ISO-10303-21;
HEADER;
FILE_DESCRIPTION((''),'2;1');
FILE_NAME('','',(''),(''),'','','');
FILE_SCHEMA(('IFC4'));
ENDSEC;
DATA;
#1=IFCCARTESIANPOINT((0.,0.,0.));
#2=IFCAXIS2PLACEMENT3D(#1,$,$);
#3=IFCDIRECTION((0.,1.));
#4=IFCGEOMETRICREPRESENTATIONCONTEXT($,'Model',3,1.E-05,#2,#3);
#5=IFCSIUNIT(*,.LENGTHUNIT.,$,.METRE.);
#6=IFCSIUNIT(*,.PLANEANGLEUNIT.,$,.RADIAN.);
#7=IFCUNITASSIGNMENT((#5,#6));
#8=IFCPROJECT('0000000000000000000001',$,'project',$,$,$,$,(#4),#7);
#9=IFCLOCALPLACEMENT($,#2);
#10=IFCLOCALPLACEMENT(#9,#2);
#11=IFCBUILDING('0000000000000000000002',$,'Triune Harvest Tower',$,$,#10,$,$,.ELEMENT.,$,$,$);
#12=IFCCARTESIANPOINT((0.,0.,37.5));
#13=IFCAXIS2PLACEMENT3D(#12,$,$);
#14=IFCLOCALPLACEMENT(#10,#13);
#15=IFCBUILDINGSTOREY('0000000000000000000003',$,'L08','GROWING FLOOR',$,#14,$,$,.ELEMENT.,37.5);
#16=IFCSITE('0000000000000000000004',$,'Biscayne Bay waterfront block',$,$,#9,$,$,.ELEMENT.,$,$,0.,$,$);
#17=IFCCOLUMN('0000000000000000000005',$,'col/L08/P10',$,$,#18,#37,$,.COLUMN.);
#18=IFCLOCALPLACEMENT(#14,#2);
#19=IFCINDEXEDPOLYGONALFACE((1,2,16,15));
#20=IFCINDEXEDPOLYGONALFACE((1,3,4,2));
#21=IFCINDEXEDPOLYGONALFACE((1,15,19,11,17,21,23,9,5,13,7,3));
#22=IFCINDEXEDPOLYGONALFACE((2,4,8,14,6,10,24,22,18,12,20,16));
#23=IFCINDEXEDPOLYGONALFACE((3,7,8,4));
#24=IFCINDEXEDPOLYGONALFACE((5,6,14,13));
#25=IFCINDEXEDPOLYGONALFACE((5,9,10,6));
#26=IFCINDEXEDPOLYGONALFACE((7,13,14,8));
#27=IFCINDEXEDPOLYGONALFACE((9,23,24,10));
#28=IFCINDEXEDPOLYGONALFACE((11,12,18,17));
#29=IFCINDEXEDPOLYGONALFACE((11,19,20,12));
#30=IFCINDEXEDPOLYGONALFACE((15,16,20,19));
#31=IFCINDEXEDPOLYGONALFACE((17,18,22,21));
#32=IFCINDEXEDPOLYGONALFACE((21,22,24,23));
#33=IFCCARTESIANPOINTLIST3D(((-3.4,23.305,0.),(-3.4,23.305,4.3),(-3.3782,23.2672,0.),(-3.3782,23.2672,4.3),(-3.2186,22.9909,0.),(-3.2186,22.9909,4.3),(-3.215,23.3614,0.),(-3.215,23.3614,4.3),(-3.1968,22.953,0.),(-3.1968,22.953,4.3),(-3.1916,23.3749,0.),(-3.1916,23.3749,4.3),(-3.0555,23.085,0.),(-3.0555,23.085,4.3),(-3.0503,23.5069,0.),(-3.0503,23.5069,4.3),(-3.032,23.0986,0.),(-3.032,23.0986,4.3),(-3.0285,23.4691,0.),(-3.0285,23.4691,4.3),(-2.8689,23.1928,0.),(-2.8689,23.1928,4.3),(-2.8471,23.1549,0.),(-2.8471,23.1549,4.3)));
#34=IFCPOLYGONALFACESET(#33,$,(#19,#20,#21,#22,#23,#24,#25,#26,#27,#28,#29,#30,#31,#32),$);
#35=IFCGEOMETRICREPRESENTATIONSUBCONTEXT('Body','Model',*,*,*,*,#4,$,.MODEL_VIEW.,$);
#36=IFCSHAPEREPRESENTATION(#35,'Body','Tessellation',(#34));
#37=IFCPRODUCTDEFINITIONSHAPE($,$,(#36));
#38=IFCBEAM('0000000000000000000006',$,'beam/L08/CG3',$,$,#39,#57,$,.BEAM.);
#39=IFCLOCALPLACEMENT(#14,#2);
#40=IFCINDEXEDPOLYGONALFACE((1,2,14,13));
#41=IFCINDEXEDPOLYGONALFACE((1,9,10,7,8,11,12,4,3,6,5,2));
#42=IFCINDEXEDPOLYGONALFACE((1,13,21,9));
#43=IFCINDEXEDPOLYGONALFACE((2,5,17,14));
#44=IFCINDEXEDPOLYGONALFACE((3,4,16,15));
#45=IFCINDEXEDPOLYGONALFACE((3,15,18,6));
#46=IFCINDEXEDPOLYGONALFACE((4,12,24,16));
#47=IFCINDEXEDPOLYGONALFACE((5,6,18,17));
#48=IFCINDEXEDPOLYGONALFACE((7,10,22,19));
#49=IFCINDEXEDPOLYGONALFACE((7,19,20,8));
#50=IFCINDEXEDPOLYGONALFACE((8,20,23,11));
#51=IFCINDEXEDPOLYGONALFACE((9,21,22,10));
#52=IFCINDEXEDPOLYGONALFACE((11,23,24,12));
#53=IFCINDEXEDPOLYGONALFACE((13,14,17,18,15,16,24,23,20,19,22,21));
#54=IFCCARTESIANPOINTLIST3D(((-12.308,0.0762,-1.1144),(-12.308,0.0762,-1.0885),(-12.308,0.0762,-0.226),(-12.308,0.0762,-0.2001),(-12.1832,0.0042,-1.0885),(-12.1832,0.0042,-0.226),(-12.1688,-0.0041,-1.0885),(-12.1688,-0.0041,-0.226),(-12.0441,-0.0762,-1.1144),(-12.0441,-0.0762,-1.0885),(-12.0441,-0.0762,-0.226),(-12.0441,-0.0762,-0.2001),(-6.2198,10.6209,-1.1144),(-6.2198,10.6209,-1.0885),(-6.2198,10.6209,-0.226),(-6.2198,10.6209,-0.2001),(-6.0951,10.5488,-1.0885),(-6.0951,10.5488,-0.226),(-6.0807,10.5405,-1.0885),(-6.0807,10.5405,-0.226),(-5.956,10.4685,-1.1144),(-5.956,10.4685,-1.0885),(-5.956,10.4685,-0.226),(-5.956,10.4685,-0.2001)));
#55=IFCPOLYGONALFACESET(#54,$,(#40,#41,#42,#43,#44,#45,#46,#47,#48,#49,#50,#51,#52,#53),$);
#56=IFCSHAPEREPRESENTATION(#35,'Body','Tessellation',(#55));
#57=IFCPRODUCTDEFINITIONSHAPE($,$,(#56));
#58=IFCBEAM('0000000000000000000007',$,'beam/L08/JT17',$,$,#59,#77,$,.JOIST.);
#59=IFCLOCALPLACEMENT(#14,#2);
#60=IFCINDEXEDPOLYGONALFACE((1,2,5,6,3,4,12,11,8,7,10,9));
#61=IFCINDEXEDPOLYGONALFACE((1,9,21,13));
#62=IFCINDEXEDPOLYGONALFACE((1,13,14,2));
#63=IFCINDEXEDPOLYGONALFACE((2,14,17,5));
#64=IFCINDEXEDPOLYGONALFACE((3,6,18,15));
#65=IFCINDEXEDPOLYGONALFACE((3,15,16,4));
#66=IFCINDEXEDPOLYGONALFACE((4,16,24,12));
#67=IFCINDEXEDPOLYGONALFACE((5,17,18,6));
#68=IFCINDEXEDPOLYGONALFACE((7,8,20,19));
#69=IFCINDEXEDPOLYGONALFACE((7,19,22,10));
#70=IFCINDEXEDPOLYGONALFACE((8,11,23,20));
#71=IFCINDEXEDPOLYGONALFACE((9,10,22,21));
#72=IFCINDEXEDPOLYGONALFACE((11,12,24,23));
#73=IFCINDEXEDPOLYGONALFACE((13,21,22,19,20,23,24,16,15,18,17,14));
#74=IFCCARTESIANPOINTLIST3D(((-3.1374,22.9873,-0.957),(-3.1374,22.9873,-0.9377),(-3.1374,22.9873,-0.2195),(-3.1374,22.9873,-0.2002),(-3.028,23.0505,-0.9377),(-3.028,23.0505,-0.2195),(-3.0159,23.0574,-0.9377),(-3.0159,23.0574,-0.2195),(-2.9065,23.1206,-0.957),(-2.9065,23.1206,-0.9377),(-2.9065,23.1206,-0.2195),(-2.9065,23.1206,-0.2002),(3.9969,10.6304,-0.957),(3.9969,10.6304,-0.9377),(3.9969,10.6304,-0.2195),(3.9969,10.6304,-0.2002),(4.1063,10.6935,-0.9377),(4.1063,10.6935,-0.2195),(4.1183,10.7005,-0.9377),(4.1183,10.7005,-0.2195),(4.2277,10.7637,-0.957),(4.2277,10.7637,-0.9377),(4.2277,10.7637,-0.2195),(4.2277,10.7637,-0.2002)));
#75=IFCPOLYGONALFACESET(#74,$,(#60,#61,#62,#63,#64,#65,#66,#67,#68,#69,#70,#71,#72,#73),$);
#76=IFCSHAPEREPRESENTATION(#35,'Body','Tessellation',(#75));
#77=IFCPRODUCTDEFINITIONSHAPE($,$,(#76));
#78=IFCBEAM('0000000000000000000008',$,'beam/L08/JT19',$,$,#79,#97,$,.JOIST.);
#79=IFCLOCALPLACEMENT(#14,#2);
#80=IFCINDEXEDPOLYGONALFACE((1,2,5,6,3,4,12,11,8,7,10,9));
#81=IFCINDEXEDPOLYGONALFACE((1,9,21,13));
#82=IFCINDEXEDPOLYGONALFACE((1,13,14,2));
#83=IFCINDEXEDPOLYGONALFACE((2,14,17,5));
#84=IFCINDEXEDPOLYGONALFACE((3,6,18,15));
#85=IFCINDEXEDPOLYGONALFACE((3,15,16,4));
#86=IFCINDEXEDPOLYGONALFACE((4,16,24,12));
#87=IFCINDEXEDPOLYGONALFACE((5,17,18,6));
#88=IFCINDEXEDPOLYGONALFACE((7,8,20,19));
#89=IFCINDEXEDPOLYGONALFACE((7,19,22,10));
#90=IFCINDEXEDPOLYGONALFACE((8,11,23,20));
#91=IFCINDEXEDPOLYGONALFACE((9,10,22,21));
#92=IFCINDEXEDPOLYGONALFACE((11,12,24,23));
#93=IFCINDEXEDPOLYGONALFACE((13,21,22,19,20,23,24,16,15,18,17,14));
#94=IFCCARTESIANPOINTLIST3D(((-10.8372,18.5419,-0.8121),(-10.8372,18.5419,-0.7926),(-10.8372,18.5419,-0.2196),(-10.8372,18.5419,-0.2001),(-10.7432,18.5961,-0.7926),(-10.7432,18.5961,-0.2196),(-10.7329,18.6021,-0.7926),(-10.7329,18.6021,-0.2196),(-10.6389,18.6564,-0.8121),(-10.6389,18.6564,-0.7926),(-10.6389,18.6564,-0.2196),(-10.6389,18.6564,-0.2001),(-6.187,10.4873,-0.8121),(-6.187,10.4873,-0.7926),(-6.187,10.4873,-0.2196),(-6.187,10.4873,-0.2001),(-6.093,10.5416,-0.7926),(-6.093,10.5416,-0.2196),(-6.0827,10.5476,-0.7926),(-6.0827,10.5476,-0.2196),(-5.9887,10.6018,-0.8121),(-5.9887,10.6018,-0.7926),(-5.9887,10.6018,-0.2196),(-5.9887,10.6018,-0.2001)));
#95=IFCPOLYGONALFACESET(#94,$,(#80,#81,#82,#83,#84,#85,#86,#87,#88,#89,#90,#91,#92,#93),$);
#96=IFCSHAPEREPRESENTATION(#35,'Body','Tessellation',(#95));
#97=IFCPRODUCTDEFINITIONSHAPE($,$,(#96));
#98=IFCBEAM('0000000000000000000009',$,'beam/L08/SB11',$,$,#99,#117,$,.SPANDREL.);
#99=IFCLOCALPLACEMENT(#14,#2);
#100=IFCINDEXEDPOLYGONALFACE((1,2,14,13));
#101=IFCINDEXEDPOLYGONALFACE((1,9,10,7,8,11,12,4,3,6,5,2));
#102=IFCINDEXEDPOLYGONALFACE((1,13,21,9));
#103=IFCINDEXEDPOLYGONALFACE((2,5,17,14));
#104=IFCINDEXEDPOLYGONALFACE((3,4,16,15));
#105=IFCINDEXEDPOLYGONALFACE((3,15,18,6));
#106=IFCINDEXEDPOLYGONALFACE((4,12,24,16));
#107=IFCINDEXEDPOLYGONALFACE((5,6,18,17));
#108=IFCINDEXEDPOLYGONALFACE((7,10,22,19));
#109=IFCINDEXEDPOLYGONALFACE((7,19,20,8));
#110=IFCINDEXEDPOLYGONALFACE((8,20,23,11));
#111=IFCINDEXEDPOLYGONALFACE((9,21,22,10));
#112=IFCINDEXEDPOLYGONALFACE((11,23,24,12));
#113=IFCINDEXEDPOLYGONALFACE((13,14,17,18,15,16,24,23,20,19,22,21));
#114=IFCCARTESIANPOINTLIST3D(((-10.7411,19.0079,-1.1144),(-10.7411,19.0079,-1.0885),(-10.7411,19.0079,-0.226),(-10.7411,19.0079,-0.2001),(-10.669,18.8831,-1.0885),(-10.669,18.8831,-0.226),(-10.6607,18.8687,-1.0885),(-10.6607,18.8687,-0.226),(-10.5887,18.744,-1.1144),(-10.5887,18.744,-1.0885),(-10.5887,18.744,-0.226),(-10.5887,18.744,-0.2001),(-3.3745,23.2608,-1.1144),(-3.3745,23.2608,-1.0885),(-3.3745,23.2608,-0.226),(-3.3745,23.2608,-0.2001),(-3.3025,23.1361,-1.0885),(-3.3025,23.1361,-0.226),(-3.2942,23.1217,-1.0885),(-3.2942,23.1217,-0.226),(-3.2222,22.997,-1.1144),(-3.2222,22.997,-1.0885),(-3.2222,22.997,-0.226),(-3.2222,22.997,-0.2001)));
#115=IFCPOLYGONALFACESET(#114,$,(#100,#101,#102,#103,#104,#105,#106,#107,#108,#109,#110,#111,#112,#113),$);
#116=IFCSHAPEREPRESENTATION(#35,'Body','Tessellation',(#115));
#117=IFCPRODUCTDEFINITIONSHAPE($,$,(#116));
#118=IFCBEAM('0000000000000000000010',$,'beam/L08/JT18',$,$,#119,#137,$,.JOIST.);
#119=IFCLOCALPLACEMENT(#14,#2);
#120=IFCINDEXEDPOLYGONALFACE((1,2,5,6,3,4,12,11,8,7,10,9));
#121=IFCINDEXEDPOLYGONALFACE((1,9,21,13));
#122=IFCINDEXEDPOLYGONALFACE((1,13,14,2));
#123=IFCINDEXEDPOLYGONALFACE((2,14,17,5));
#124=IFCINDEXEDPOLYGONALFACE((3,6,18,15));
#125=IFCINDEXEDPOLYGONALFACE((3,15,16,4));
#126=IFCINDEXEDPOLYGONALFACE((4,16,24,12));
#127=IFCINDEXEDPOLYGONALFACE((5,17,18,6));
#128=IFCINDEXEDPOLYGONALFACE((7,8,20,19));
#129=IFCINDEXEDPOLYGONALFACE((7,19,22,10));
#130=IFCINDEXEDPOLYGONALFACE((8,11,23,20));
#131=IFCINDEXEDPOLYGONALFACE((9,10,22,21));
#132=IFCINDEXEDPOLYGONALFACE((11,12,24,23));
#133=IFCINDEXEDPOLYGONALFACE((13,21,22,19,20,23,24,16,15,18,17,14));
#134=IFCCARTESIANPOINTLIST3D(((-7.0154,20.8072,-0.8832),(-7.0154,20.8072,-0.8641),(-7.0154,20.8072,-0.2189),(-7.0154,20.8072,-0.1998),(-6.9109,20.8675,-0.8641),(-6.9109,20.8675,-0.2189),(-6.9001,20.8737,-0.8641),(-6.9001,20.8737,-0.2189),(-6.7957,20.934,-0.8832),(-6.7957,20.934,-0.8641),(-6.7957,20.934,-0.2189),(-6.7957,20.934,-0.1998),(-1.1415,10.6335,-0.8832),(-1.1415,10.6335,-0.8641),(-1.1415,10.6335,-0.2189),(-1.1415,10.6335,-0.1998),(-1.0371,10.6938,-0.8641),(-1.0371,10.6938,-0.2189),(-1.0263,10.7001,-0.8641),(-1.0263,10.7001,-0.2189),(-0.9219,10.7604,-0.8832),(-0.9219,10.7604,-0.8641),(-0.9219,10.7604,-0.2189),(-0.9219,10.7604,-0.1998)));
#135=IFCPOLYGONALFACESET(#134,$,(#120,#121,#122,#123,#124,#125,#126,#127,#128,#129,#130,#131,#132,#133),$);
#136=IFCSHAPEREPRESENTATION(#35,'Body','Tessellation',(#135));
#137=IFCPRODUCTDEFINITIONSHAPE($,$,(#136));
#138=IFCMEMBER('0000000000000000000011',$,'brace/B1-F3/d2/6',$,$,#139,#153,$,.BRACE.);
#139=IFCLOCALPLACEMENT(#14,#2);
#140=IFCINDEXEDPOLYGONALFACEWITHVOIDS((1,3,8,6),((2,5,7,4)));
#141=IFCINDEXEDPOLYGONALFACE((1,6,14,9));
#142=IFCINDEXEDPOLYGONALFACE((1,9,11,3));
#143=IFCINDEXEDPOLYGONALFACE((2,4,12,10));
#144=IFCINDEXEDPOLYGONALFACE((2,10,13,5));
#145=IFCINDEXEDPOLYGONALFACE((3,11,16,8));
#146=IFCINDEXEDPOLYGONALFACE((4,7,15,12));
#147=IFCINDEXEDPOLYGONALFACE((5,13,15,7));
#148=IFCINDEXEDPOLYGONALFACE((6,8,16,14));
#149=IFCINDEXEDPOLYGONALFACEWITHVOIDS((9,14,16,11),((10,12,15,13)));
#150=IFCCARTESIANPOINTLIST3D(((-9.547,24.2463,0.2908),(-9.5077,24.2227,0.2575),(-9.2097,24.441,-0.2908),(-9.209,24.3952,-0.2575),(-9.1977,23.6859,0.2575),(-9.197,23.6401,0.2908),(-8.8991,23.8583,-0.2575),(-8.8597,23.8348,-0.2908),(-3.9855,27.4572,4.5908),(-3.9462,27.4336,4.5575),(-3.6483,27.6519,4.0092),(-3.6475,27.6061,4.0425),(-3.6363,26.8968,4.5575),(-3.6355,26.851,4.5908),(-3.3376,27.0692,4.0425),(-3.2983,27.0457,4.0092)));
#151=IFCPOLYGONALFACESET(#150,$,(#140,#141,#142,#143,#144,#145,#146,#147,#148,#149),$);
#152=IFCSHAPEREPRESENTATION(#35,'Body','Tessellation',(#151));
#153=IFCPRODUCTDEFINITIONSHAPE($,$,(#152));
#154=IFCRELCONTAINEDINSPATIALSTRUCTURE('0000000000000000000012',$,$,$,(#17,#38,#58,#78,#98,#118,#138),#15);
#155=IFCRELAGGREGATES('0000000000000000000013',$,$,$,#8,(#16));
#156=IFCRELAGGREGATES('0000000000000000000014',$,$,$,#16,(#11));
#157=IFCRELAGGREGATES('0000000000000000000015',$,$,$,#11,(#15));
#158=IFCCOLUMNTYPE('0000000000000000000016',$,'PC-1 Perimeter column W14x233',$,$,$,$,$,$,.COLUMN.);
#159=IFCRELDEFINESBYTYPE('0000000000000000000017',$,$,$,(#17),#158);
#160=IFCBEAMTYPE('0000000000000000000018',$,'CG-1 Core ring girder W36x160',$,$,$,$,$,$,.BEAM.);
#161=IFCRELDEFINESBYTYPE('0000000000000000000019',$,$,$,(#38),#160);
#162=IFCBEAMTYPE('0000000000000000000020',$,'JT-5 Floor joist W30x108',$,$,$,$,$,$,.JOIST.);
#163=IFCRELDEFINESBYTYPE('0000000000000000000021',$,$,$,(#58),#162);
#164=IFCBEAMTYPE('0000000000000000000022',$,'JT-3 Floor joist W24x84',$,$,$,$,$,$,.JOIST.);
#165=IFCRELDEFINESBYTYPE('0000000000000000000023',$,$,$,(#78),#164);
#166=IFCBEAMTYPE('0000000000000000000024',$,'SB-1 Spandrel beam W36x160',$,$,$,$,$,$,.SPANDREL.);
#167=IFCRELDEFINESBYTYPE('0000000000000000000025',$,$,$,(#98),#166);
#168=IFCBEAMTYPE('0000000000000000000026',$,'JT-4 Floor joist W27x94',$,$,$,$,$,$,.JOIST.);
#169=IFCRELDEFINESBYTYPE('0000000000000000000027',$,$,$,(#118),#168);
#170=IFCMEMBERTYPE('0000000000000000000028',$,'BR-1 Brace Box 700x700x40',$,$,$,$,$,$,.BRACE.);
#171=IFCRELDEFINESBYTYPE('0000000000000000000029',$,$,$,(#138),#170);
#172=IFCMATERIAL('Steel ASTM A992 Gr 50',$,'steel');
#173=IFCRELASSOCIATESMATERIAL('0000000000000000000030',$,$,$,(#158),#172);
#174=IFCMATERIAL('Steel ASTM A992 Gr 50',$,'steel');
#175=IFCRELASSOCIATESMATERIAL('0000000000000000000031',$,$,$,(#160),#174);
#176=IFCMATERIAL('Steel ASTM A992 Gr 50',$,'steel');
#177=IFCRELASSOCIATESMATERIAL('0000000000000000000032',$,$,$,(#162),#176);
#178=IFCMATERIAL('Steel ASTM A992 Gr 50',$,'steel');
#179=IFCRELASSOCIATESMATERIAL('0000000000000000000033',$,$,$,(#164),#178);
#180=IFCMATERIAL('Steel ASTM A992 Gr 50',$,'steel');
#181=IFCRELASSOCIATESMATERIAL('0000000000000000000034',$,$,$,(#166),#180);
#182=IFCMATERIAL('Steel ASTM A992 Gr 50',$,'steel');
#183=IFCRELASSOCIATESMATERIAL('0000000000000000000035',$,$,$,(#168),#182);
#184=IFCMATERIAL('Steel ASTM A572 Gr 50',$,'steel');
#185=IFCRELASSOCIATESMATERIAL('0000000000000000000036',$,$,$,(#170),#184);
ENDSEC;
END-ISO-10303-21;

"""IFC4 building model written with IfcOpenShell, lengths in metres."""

from ifc_helpers import new_model, si_unit, direction, frame, origin, origin_2d, place, context, subcontext, project, spatial, hollow_rectangle, i_section, extrude, source, transform, mapped, material, material_profile, profile_set, type_object, element, save


model = new_model("IFC4")

# Units and contexts
model_context = context("Model", 3, precision=1e-05, world=origin(), true_north=direction((0.0, 1.0)))
body_context = subcontext(model_context, "Body", "Model", "MODEL_VIEW")
ifc_project = project(units=[si_unit("LENGTHUNIT", "METRE"), si_unit("PLANEANGLEUNIT", "RADIAN")], contexts=[model_context])

# Site, building, storey
site_placement = place(None, origin())
site = spatial("IfcSite", under=ifc_project, at=site_placement, Name="Biscayne Bay waterfront block", CompositionType="ELEMENT", RefElevation=0.0)
building_placement = place(site_placement, origin())
building = spatial("IfcBuilding", under=site, at=building_placement, Name="Triune Harvest Tower", CompositionType="ELEMENT")
storey_placement = place(building_placement, frame((0.0, 0.0, 37.5)))
storey = spatial("IfcBuildingStorey", under=building, at=storey_placement, Name="L08", Description="GROWING FLOOR", CompositionType="ELEMENT", Elevation=37.5)

# Column
ifc_material_1 = material(Name="Steel ASTM A992 Gr 50", Category="steel")
ifc_material_profile_1 = material_profile(ifc_material_1, i_section(OverallWidth=0.4038, OverallDepth=0.4065, WebThickness=0.0271, FlangeThickness=0.0437, at=origin_2d()), Name="W14x233")
ifc_profile_set_1 = profile_set([ifc_material_profile_1], Name="Steel ASTM A992 Gr 50")
column_type = type_object("IfcColumnType", Name="PC-1 Perimeter column W14x233", PredefinedType="COLUMN", material=ifc_profile_set_1)
shared_shape_1 = source(origin(), body_context, "Body", "SweptSolid", [
    extrude(i_section(OverallWidth=0.4038, OverallDepth=0.4065, WebThickness=0.0271, FlangeThickness=0.0437, at=origin_2d()), origin(), (0.0, 0.0, 1.0), 4.3),
])
column_placement = place(storey_placement, frame((-3.1235, 23.23, 0.0), z_axis=(0.0, 0.0, 1.0), x_axis=(-0.866025, -0.5, 0.0)))
element("IfcColumn", 1, at=column_placement, inside=storey, type_object=column_type, Name="col/L08/P10", PredefinedType="COLUMN", context=body_context, shape_type="MappedRepresentation", body=[
    mapped(shared_shape_1, transform((0.0, 0.0, 0.0), scale=1.0)),
])

# Beams
ifc_material_2 = material(Name="Steel ASTM A992 Gr 50", Category="steel")
ifc_material_profile_2 = material_profile(ifc_material_2, i_section(OverallWidth=0.3047, OverallDepth=0.9143, WebThickness=0.0166, FlangeThickness=0.0259, at=origin_2d()), Name="W36x160")
ifc_profile_set_2 = profile_set([ifc_material_profile_2], Name="Steel ASTM A992 Gr 50")
beam_type_1 = type_object("IfcBeamType", Name="CG-1 Core ring girder W36x160", PredefinedType="BEAM", material=ifc_profile_set_2)
shared_shape_2 = source(origin(), body_context, "Body", "SweptSolid", [
    extrude(i_section(OverallWidth=0.3047, OverallDepth=0.9143, WebThickness=0.0166, FlangeThickness=0.0259, at=origin_2d()), origin(), (0.0, 0.0, 1.0), 12.176),
])
beam_1_placement = place(storey_placement, frame((-6.0879, 10.5447, -0.6572), z_axis=(-0.50001, -0.86602, 0.0), x_axis=(0.86602, -0.50001, 0.0)))
element("IfcBeam", 2, at=beam_1_placement, inside=storey, type_object=beam_type_1, Name="beam/L08/CG3", PredefinedType="BEAM", context=body_context, shape_type="MappedRepresentation", body=[
    mapped(shared_shape_2, transform((0.0, 0.0, 0.0), scale=1.0)),
])
ifc_material_3 = material(Name="Steel ASTM A992 Gr 50", Category="steel")
ifc_material_profile_3 = material_profile(ifc_material_3, i_section(OverallWidth=0.2666, OverallDepth=0.7568, WebThickness=0.0139, FlangeThickness=0.0193, at=origin_2d()), Name="W30x108")
ifc_profile_set_3 = profile_set([ifc_material_profile_3], Name="Steel ASTM A992 Gr 50")
beam_type_2 = type_object("IfcBeamType", Name="JT-5 Floor joist W30x108", PredefinedType="JOIST", material=ifc_profile_set_3)
shared_shape_3 = source(origin(), body_context, "Body", "SweptSolid", [
    extrude(i_section(OverallWidth=0.2666, OverallDepth=0.7568, WebThickness=0.0139, FlangeThickness=0.0193, at=origin_2d()), origin(), (0.0, 0.0, 1.0), 14.2686),
])
beam_2_placement = place(storey_placement, frame((-3.022, 23.054, -0.5786), z_axis=(0.5, -0.866025, 0.0), x_axis=(0.866025, 0.5, 0.0)))
element("IfcBeam", 3, at=beam_2_placement, inside=storey, type_object=beam_type_2, Name="beam/L08/JT17", PredefinedType="JOIST", context=body_context, shape_type="MappedRepresentation", body=[
    mapped(shared_shape_3, transform((0.0, 0.0, 0.0), scale=1.0)),
])
ifc_material_4 = material(Name="Steel ASTM A992 Gr 50", Category="steel")
ifc_material_profile_4 = material_profile(ifc_material_4, i_section(OverallWidth=0.229, OverallDepth=0.6121, WebThickness=0.012, FlangeThickness=0.0195, at=origin_2d()), Name="W24x84")
ifc_profile_set_4 = profile_set([ifc_material_profile_4], Name="Steel ASTM A992 Gr 50")
beam_type_3 = type_object("IfcBeamType", Name="JT-3 Floor joist W24x84", PredefinedType="JOIST", material=ifc_profile_set_4)
shared_shape_4 = source(origin(), body_context, "Body", "SweptSolid", [
    extrude(i_section(OverallWidth=0.229, OverallDepth=0.6121, WebThickness=0.012, FlangeThickness=0.0195, at=origin_2d()), origin(), (0.0, 0.0, 1.0), 9.3005),
])
beam_3_placement = place(storey_placement, frame((-10.738, 18.5991, -0.5061), z_axis=(0.499993, -0.86603, 0.0), x_axis=(0.86603, 0.499993, 0.0)))
element("IfcBeam", 4, at=beam_3_placement, inside=storey, type_object=beam_type_3, Name="beam/L08/JT19", PredefinedType="JOIST", context=body_context, shape_type="MappedRepresentation", body=[
    mapped(shared_shape_4, transform((0.0, 0.0, 0.0), scale=1.0)),
])
ifc_material_5 = material(Name="Steel ASTM A992 Gr 50", Category="steel")
ifc_material_profile_5 = material_profile(ifc_material_5, i_section(OverallWidth=0.3047, OverallDepth=0.9143, WebThickness=0.0166, FlangeThickness=0.0259, at=origin_2d()), Name="W36x160")
ifc_profile_set_5 = profile_set([ifc_material_profile_5], Name="Steel ASTM A992 Gr 50")
beam_type_4 = type_object("IfcBeamType", Name="SB-1 Spandrel beam W36x160", PredefinedType="SPANDREL", material=ifc_profile_set_5)
shared_shape_5 = source(origin(), body_context, "Body", "SweptSolid", [
    extrude(i_section(OverallWidth=0.3047, OverallDepth=0.9143, WebThickness=0.0166, FlangeThickness=0.0259, at=origin_2d()), origin(), (0.0, 0.0, 1.0), 8.5061),
])
beam_4_placement = place(storey_placement, frame((-3.2983, 23.1289, -0.6572), z_axis=(-0.86603, -0.499992, 0.0), x_axis=(0.499992, -0.86603, 0.0)))
element("IfcBeam", 5, at=beam_4_placement, inside=storey, type_object=beam_type_4, Name="beam/L08/SB11", PredefinedType="SPANDREL", context=body_context, shape_type="MappedRepresentation", body=[
    mapped(shared_shape_5, transform((0.0, 0.0, 0.0), scale=1.0)),
])
ifc_material_6 = material(Name="Steel ASTM A992 Gr 50", Category="steel")
ifc_material_profile_6 = material_profile(ifc_material_6, i_section(OverallWidth=0.2537, OverallDepth=0.6833, WebThickness=0.0125, FlangeThickness=0.019, at=origin_2d()), Name="W27x94")
ifc_profile_set_6 = profile_set([ifc_material_profile_6], Name="Steel ASTM A992 Gr 50")
beam_type_5 = type_object("IfcBeamType", Name="JT-4 Floor joist W27x94", PredefinedType="JOIST", material=ifc_profile_set_6)
shared_shape_6 = source(origin(), body_context, "Body", "SweptSolid", [
    extrude(i_section(OverallWidth=0.2537, OverallDepth=0.6833, WebThickness=0.0125, FlangeThickness=0.019, at=origin_2d()), origin(), (0.0, 0.0, 1.0), 11.7476),
])
beam_5_placement = place(storey_placement, frame((-6.9055, 20.8706, -0.5415), z_axis=(0.500004, -0.866023, 0.0), x_axis=(0.866023, 0.500004, 0.0)))
element("IfcBeam", 6, at=beam_5_placement, inside=storey, type_object=beam_type_5, Name="beam/L08/JT18", PredefinedType="JOIST", context=body_context, shape_type="MappedRepresentation", body=[
    mapped(shared_shape_6, transform((0.0, 0.0, 0.0), scale=1.0)),
])

# Member
ifc_material_7 = material(Name="Steel ASTM A572 Gr 50", Category="steel")
ifc_material_profile_7 = material_profile(ifc_material_7, hollow_rectangle(XDim=0.7, YDim=0.7, WallThickness=0.04, at=origin_2d()), Name="Box 700x700x40")
ifc_profile_set_7 = profile_set([ifc_material_profile_7], Name="Steel ASTM A572 Gr 50")
member_type_1 = type_object("IfcMemberType", Name="BR-1 Brace Box 700x700x40", PredefinedType="BRACE", material=ifc_profile_set_7)
shared_shape_7 = source(origin(), body_context, "Body", "SweptSolid", [
    extrude(hollow_rectangle(XDim=0.7, YDim=0.7, WallThickness=0.04, at=origin_2d()), origin(), (0.0, 0.0, 1.0), 7.7285),
])
member_1_placement = place(storey_placement, frame((-9.2034, 24.0405, 0.0), z_axis=(0.719604, 0.415462, 0.556382), x_axis=(-0.499999, 0.866026, 0.0)))
element("IfcMember", 7, at=member_1_placement, inside=storey, type_object=member_type_1, Name="brace/B1-F3/d2/6", PredefinedType="BRACE", context=body_context, shape_type="MappedRepresentation", body=[
    mapped(shared_shape_7, transform((0.0, 0.0, 0.0), scale=1.0)),
])

save(model, "model.ifc")
